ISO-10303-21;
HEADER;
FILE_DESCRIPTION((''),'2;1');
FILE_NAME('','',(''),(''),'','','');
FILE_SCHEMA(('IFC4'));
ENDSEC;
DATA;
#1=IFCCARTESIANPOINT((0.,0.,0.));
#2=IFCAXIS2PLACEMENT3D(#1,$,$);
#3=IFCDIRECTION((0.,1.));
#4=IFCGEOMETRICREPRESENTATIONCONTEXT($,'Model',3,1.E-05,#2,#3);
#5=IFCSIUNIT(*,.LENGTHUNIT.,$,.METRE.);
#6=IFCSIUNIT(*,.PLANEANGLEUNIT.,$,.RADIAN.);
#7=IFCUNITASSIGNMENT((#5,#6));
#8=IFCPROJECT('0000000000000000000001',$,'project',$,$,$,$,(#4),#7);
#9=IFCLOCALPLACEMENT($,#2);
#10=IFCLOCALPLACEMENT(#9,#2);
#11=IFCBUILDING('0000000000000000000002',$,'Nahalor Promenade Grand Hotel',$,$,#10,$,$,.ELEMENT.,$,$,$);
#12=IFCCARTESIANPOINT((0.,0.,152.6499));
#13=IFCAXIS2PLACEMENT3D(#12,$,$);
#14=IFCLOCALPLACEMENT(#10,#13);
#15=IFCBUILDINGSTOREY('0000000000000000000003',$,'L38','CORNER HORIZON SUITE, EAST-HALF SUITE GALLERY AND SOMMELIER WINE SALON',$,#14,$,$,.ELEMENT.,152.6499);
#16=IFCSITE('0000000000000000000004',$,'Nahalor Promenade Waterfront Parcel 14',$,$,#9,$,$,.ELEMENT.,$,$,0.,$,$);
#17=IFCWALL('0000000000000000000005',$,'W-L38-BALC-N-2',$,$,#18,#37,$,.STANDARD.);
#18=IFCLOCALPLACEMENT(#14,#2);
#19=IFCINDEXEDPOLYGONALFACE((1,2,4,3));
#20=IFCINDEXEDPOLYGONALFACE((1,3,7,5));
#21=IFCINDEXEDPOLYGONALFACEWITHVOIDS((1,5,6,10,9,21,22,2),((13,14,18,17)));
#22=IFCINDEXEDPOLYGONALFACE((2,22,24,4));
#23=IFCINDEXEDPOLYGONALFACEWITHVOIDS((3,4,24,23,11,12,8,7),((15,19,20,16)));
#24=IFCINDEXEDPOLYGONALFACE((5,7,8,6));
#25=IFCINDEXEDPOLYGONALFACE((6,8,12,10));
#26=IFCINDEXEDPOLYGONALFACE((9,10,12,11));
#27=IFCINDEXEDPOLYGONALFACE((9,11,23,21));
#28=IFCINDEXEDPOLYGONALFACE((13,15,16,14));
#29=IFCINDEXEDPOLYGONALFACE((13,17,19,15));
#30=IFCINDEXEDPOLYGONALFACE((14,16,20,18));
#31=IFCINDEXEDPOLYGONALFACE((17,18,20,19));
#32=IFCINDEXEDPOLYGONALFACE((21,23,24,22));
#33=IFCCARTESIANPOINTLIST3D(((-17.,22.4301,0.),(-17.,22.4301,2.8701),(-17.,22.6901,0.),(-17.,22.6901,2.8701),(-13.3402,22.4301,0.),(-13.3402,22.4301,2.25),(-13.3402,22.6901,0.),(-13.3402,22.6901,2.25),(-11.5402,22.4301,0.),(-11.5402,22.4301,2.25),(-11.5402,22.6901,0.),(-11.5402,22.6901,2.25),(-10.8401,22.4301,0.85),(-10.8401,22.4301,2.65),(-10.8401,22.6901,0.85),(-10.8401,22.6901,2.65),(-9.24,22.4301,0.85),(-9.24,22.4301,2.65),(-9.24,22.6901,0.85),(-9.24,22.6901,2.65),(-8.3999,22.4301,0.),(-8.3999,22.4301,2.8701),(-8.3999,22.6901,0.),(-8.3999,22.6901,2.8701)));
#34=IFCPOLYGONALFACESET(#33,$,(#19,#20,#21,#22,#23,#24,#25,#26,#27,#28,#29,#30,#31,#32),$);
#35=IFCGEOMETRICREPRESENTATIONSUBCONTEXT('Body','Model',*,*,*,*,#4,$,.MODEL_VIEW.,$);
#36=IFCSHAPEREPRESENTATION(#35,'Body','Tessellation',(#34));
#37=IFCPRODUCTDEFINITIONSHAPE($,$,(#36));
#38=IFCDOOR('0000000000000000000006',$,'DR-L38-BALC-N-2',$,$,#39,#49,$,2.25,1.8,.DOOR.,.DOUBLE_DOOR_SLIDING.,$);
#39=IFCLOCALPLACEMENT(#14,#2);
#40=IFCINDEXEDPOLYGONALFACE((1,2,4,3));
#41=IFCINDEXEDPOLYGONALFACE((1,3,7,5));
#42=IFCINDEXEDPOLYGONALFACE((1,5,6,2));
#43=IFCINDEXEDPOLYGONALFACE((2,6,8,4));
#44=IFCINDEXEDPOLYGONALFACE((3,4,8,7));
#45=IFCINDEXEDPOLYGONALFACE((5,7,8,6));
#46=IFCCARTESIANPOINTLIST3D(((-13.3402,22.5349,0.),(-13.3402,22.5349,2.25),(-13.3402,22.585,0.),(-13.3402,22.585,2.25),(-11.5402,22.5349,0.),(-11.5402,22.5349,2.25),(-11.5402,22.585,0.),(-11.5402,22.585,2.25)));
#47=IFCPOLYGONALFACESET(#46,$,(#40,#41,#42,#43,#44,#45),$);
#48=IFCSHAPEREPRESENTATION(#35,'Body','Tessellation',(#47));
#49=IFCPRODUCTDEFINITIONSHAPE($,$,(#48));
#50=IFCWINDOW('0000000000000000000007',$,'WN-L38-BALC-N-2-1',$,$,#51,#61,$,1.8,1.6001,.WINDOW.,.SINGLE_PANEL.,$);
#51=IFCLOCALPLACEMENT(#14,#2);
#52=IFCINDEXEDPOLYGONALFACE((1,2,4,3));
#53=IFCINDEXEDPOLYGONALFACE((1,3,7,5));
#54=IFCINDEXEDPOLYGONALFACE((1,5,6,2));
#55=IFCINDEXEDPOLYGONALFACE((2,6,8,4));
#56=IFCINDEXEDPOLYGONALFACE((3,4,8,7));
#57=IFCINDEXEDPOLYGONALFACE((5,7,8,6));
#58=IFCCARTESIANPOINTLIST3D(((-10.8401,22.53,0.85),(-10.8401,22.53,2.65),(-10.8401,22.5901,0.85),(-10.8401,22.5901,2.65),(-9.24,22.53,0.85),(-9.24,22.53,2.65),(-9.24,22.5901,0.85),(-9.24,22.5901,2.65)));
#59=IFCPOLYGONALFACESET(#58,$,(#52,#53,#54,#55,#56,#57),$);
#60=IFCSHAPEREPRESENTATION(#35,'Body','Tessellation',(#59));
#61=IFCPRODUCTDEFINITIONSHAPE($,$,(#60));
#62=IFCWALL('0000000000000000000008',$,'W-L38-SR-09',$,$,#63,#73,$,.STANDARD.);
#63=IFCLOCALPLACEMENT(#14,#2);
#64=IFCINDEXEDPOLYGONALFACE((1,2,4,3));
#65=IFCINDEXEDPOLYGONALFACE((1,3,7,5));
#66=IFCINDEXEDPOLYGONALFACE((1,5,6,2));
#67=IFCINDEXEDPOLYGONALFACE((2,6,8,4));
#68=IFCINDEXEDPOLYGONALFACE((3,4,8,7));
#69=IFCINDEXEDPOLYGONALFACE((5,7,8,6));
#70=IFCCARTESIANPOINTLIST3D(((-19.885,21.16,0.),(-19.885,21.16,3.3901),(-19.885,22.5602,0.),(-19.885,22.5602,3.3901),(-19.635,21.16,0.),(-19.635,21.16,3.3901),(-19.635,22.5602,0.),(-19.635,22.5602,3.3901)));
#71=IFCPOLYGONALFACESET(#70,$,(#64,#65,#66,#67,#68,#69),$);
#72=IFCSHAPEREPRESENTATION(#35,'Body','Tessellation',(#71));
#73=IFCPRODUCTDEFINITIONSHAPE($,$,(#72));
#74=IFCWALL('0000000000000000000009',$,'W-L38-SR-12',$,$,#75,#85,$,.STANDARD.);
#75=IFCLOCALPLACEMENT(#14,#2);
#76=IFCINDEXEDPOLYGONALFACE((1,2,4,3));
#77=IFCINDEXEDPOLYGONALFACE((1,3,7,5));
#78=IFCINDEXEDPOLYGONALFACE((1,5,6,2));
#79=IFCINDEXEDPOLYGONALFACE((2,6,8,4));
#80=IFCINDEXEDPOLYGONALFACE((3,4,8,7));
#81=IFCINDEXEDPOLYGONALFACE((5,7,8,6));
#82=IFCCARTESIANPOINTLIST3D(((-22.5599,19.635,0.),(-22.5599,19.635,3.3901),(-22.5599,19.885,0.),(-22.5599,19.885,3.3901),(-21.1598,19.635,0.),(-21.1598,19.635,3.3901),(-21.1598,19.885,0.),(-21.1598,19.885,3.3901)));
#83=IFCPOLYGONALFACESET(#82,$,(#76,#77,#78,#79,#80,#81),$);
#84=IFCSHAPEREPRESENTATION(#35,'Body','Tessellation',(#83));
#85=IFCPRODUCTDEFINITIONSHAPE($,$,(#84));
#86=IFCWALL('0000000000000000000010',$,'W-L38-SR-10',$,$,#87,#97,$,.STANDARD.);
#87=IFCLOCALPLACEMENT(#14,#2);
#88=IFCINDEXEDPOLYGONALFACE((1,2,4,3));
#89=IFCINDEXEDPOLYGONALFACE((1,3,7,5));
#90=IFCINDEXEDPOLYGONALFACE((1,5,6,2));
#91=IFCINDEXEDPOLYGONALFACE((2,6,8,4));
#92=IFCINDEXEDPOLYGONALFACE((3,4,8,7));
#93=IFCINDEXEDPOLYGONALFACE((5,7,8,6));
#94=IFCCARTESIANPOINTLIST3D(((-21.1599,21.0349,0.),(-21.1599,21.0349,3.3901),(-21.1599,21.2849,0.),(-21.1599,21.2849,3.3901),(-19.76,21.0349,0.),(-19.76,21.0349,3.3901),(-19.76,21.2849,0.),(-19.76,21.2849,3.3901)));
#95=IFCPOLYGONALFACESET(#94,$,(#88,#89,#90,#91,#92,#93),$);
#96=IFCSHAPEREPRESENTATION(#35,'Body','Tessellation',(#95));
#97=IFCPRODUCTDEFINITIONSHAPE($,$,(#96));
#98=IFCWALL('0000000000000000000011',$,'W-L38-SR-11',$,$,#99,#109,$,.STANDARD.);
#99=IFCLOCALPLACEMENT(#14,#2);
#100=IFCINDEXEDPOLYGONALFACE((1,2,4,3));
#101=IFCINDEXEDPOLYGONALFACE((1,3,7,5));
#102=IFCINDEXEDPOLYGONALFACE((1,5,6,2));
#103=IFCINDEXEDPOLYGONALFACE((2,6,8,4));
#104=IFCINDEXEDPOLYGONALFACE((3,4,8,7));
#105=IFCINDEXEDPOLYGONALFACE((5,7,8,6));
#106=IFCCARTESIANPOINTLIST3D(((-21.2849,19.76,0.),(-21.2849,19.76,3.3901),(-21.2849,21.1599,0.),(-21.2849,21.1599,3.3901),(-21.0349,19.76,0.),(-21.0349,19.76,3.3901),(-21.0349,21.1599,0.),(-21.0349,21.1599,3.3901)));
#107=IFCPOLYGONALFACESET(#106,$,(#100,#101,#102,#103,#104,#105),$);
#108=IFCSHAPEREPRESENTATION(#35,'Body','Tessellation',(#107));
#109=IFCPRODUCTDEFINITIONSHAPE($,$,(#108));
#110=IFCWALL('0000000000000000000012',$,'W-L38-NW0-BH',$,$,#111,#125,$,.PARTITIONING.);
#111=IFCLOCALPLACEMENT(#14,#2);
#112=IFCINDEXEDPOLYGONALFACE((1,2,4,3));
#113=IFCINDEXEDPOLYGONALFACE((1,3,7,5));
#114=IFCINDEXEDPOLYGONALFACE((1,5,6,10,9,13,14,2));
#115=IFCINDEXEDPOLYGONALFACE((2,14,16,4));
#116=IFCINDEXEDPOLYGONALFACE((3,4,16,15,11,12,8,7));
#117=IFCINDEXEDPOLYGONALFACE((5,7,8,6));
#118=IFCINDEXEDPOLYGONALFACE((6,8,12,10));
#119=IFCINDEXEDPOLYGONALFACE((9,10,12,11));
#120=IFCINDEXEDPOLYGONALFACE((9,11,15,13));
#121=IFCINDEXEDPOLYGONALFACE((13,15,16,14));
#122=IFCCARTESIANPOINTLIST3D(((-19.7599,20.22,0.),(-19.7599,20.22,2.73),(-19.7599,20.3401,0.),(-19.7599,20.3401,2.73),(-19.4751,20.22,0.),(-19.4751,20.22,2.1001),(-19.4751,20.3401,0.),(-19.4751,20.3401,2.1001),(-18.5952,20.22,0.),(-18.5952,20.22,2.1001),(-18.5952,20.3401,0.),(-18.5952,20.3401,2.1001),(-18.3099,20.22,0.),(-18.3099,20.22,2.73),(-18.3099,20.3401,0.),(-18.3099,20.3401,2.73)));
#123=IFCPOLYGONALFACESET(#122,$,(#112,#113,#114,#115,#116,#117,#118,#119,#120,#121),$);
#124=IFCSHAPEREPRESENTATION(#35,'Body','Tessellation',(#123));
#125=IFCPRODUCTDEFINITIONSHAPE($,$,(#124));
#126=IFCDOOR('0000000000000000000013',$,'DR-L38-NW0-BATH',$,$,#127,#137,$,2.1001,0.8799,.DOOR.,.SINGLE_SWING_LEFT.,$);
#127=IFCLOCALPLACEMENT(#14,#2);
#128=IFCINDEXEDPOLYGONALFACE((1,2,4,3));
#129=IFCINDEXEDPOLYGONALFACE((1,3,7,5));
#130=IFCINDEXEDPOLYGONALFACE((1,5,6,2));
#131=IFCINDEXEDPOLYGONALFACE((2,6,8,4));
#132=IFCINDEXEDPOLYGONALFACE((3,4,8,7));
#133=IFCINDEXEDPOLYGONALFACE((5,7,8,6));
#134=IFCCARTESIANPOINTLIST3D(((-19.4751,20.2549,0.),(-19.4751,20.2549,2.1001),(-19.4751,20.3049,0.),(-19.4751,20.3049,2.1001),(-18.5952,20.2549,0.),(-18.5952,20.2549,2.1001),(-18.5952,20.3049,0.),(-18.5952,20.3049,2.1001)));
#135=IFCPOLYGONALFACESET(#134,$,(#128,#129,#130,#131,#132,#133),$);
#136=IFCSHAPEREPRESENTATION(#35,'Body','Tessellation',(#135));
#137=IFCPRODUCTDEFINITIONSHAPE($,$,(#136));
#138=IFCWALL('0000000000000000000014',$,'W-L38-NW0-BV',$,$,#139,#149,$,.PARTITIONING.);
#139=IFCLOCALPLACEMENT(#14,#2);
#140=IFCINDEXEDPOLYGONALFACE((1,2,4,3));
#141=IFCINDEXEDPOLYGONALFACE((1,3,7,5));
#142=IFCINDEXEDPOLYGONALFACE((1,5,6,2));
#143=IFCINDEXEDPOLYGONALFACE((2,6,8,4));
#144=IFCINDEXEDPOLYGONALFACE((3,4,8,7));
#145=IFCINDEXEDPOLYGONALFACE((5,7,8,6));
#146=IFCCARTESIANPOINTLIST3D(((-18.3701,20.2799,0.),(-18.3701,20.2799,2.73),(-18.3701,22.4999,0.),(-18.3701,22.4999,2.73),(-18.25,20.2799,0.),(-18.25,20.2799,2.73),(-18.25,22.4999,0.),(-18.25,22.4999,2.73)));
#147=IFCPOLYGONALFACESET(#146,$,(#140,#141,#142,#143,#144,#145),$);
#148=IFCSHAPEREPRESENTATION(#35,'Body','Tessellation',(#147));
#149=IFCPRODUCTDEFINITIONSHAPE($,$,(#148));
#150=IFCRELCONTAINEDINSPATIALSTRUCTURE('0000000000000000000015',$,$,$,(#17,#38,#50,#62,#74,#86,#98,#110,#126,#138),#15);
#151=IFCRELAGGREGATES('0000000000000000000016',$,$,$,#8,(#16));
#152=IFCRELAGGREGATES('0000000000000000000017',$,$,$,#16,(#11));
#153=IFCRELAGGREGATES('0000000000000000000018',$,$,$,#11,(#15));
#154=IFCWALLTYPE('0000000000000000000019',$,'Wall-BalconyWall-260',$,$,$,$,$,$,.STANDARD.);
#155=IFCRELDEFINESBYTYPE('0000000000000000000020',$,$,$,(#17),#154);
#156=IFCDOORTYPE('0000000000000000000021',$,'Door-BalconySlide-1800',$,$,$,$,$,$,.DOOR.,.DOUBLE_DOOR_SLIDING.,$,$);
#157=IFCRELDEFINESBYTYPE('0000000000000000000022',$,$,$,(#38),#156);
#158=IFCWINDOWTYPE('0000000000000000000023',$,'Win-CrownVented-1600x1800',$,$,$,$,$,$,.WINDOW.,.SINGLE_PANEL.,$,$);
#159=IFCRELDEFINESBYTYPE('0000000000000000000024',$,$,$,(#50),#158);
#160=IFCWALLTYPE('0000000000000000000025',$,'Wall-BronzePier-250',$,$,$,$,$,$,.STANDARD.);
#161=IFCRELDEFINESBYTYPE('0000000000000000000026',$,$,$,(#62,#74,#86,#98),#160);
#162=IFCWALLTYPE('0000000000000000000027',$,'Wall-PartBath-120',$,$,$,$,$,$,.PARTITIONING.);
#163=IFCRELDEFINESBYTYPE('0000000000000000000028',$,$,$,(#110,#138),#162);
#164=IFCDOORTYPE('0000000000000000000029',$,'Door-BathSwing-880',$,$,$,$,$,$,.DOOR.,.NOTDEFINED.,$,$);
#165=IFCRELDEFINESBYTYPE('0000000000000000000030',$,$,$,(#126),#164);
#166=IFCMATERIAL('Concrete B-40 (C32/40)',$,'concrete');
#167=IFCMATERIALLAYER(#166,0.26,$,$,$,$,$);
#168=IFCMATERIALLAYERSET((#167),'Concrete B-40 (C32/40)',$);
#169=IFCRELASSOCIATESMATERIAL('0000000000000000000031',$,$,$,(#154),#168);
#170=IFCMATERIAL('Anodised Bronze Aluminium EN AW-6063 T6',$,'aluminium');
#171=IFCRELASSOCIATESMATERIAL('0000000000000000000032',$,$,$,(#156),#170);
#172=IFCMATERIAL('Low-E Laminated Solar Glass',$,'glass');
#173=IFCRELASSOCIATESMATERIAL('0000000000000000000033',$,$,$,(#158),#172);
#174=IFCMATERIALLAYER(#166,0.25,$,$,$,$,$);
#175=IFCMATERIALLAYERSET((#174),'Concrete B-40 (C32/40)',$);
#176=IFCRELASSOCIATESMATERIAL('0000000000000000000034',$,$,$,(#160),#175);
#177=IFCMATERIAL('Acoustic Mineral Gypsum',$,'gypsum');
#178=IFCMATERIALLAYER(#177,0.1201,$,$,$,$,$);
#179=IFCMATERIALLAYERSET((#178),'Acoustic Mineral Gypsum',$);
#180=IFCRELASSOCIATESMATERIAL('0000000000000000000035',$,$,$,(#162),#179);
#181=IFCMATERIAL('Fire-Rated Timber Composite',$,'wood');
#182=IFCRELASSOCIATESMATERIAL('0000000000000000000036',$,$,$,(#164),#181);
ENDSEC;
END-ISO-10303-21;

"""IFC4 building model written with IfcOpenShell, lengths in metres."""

from ifc_helpers import new_model, si_unit, direction, frame, frame_2d, origin, place, context, subcontext, project, spatial, rectangle, extrude, source, transform, mapped, material, layer, layer_set, type_object, element, fill, save


model = new_model("IFC4")

# Units and contexts
model_context = context("Model", 3, precision=1e-05, world=origin(), true_north=direction((0.0, 1.0)))
body_context = subcontext(model_context, "Body", "Model", "MODEL_VIEW")
ifc_project = project(units=[si_unit("LENGTHUNIT", "METRE"), si_unit("PLANEANGLEUNIT", "RADIAN")], contexts=[model_context])

# Site, building, storey
site_placement = place(None, origin())
site = spatial("IfcSite", under=ifc_project, at=site_placement, Name="Nahalor Promenade Waterfront Parcel 14", CompositionType="ELEMENT", RefElevation=0.0)
building_placement = place(site_placement, origin())
building = spatial("IfcBuilding", under=site, at=building_placement, Name="Nahalor Promenade Grand Hotel", CompositionType="ELEMENT")
storey_placement = place(building_placement, frame((0.0, 0.0, 152.6499)))
storey = spatial("IfcBuildingStorey", under=building, at=storey_placement, Name="L38", Description="CORNER HORIZON SUITE, EAST-HALF SUITE GALLERY AND SOMMELIER WINE SALON", CompositionType="ELEMENT", Elevation=152.6499)

# Shared definitions
ifc_material_1 = material(Name="Anodised Bronze Aluminium EN AW-6063 T6", Category="aluminium")

# Shared definitions
ifc_material_2 = material(Name="Low-E Laminated Solar Glass", Category="glass")

# Wall, openings, door, window
ifc_material_3 = material(Name="Concrete B-40 (C32/40)", Category="concrete")
ifc_layer_1 = layer(ifc_material_3, 0.26)
ifc_layer_set_1 = layer_set([ifc_layer_1], Name="Concrete B-40 (C32/40)")
wall_type_1 = type_object("IfcWallType", Name="Wall-BalconyWall-260", PredefinedType="STANDARD", material=ifc_layer_set_1)
shared_shape_1 = source(origin(), body_context, "Body", "SweptSolid", [
    extrude(rectangle(XDim=8.6001, YDim=0.26, at=frame_2d((4.3, 0.0))), origin(), (0.0, 0.0, 1.0), 2.8701),
])
wall_1_placement = place(storey_placement, frame((-17.0, 22.5601, 0.0), z_axis=(0.0, 0.0, 1.0), x_axis=(1.0, 0.0, 0.0)))
wall_1 = element("IfcWall", 1, at=wall_1_placement, inside=storey, type_object=wall_type_1, Name="W-L38-BALC-N-2", PredefinedType="STANDARD", context=body_context, shape_type="MappedRepresentation", body=[
    mapped(shared_shape_1, transform((0.0, 0.0, 0.0), scale=1.0)),
])
opening_1_placement = place(wall_1_placement, frame((3.6599, 0.0, 0.0)))
opening_1 = element("IfcOpeningElement", 2, at=opening_1_placement, cuts=wall_1, PredefinedType="OPENING", context=body_context, shape_type="SweptSolid", body=[
    extrude(rectangle(XDim=1.8, YDim=2.25, at=frame_2d((0.8999, 1.125))), frame((0.0, 0.1399, 0.0), z_axis=(0.0, -1.0, 0.0), x_axis=(1.0, 0.0, 0.0)), (0.0, 0.0, 1.0), 0.28),
])
opening_2_placement = place(wall_1_placement, frame((6.1599, 0.0, 0.8501)))
opening_2 = element("IfcOpeningElement", 3, at=opening_2_placement, cuts=wall_1, PredefinedType="OPENING", context=body_context, shape_type="SweptSolid", body=[
    extrude(rectangle(XDim=1.6001, YDim=1.8, at=frame_2d((0.8, 0.8999))), frame((0.0, 0.1399, 0.0), z_axis=(0.0, -1.0, 0.0), x_axis=(1.0, 0.0, 0.0)), (0.0, 0.0, 1.0), 0.28),
])
door_type_1 = type_object("IfcDoorType", Name="Door-BalconySlide-1800", OperationType="DOUBLE_DOOR_SLIDING", PredefinedType="DOOR", material=ifc_material_1)
shared_shape_2 = source(origin(), body_context, "Body", "SweptSolid", [
    extrude(rectangle(XDim=1.8, YDim=2.25, at=frame_2d((0.8999, 1.125))), frame((0.0, 0.0249, 0.0), z_axis=(0.0, -1.0, 0.0), x_axis=(1.0, 0.0, 0.0)), (0.0, 0.0, 1.0), 0.05),
])
door_1_placement = place(opening_1_placement, origin())
door_1 = element("IfcDoor", 4, at=door_1_placement, inside=storey, type_object=door_type_1, Name="DR-L38-BALC-N-2", OperationType="DOUBLE_DOOR_SLIDING", OverallHeight=2.25, OverallWidth=1.8, PredefinedType="DOOR", context=body_context, shape_type="MappedRepresentation", body=[
    mapped(shared_shape_2, transform((0.0, 0.0, 0.0), scale=1.0)),
])
fill(opening_1, door_1)
window_type = type_object("IfcWindowType", Name="Win-CrownVented-1600x1800", PartitioningType="SINGLE_PANEL", PredefinedType="WINDOW", material=ifc_material_2)
shared_shape_3 = source(origin(), body_context, "Body", "SweptSolid", [
    extrude(rectangle(XDim=1.6001, YDim=1.8, at=frame_2d((0.8, 0.8999))), frame((0.0, 0.03, 0.0), z_axis=(0.0, -1.0, 0.0), x_axis=(1.0, 0.0, 0.0)), (0.0, 0.0, 1.0), 0.0601),
])
window_placement = place(opening_2_placement, origin())
window = element("IfcWindow", 5, at=window_placement, inside=storey, type_object=window_type, Name="WN-L38-BALC-N-2-1", OverallHeight=1.8, OverallWidth=1.6001, PartitioningType="SINGLE_PANEL", PredefinedType="WINDOW", context=body_context, shape_type="MappedRepresentation", body=[
    mapped(shared_shape_3, transform((0.0, 0.0, 0.0), scale=1.0)),
])
fill(opening_2, window)

# Walls
ifc_layer_2 = layer(ifc_material_3, 0.25)
ifc_layer_set_2 = layer_set([ifc_layer_2], Name="Concrete B-40 (C32/40)")
wall_type_2 = type_object("IfcWallType", Name="Wall-BronzePier-250", PredefinedType="STANDARD", material=ifc_layer_set_2)
shared_shape_4 = source(origin(), body_context, "Body", "SweptSolid", [
    extrude(rectangle(XDim=1.4001, YDim=0.25, at=frame_2d((0.7002, 0.0))), origin(), (0.0, 0.0, 1.0), 3.3901),
])
for number, where, z_axis, x_axis, name in (
    (6, (-19.76, 21.1599, 0.0), (0.0, 0.0, 1.0), (0.0, 1.0, 0.0), "W-L38-SR-09"),
    (7, (-22.5601, 19.76, 0.0), (0.0, 0.0, 1.0), (1.0, 0.0, 0.0), "W-L38-SR-12"),
):
    element("IfcWall", number, at=place(storey_placement, frame(where, z_axis=z_axis, x_axis=x_axis)), inside=storey, type_object=wall_type_2, Name=name, PredefinedType="STANDARD", context=body_context, shape_type="MappedRepresentation", body=[
        mapped(shared_shape_4, transform((0.0, 0.0, 0.0), scale=1.0)),
    ])
shared_shape_5 = source(origin(), body_context, "Body", "SweptSolid", [
    extrude(rectangle(XDim=1.3999, YDim=0.25, at=frame_2d((0.7, 0.0))), origin(), (0.0, 0.0, 1.0), 3.3901),
])
for number, where, z_axis, x_axis, name in (
    (8, (-21.1599, 21.1599, 0.0), (0.0, 0.0, 1.0), (1.0, 0.0, 0.0), "W-L38-SR-10"),
    (9, (-21.1599, 19.76, 0.0), (0.0, 0.0, 1.0), (0.0, 1.0, 0.0), "W-L38-SR-11"),
):
    element("IfcWall", number, at=place(storey_placement, frame(where, z_axis=z_axis, x_axis=x_axis)), inside=storey, type_object=wall_type_2, Name=name, PredefinedType="STANDARD", context=body_context, shape_type="MappedRepresentation", body=[
        mapped(shared_shape_5, transform((0.0, 0.0, 0.0), scale=1.0)),
    ])

# Wall, opening, door
ifc_material_4 = material(Name="Acoustic Mineral Gypsum", Category="gypsum")
ifc_layer_3 = layer(ifc_material_4, 0.1201)
ifc_layer_set_3 = layer_set([ifc_layer_3], Name="Acoustic Mineral Gypsum")
wall_type_3 = type_object("IfcWallType", Name="Wall-PartBath-120", PredefinedType="PARTITIONING", material=ifc_layer_set_3)
shared_shape_6 = source(origin(), body_context, "Body", "SweptSolid", [
    extrude(rectangle(XDim=1.45, YDim=0.1201, at=frame_2d((0.7251, 0.0))), origin(), (0.0, 0.0, 1.0), 2.73),
])
wall_2_placement = place(storey_placement, frame((-19.76, 20.28, 0.0), z_axis=(0.0, 0.0, 1.0), x_axis=(1.0, 0.0, 0.0)))
wall_2 = element("IfcWall", 10, at=wall_2_placement, inside=storey, type_object=wall_type_3, Name="W-L38-NW0-BH", PredefinedType="PARTITIONING", context=body_context, shape_type="MappedRepresentation", body=[
    mapped(shared_shape_6, transform((0.0, 0.0, 0.0), scale=1.0)),
])
opening_3_placement = place(wall_2_placement, frame((0.2849, 0.0, 0.0)))
opening_3 = element("IfcOpeningElement", 11, at=opening_3_placement, cuts=wall_2, PredefinedType="OPENING", context=body_context, shape_type="SweptSolid", body=[
    extrude(rectangle(XDim=0.8799, YDim=2.1001, at=frame_2d((0.4399, 1.05))), frame((0.0, 0.0701, 0.0), z_axis=(0.0, -1.0, 0.0), x_axis=(1.0, 0.0, 0.0)), (0.0, 0.0, 1.0), 0.1401),
])
ifc_material_5 = material(Name="Fire-Rated Timber Composite", Category="wood")
door_type_2 = type_object("IfcDoorType", Name="Door-BathSwing-880", OperationType="NOTDEFINED", PredefinedType="DOOR", material=ifc_material_5)
shared_shape_7 = source(origin(), body_context, "Body", "SweptSolid", [
    extrude(rectangle(XDim=0.8799, YDim=2.1001, at=frame_2d((0.4399, 1.05))), frame((0.0, 0.0249, 0.0), z_axis=(0.0, -1.0, 0.0), x_axis=(1.0, 0.0, 0.0)), (0.0, 0.0, 1.0), 0.05),
])
door_2_placement = place(opening_3_placement, origin())
door_2 = element("IfcDoor", 12, at=door_2_placement, inside=storey, type_object=door_type_2, Name="DR-L38-NW0-BATH", OperationType="SINGLE_SWING_LEFT", OverallHeight=2.1001, OverallWidth=0.8799, PredefinedType="DOOR", context=body_context, shape_type="MappedRepresentation", body=[
    mapped(shared_shape_7, transform((0.0, 0.0, 0.0), scale=1.0)),
])
fill(opening_3, door_2)

# Wall
shared_shape_8 = source(origin(), body_context, "Body", "SweptSolid", [
    extrude(rectangle(XDim=2.22, YDim=0.1201, at=frame_2d((1.1099, 0.0))), origin(), (0.0, 0.0, 1.0), 2.73),
])
wall_3_placement = place(storey_placement, frame((-18.3101, 20.28, 0.0), z_axis=(0.0, 0.0, 1.0), x_axis=(0.0, 1.0, 0.0)))
element("IfcWall", 13, at=wall_3_placement, inside=storey, type_object=wall_type_3, Name="W-L38-NW0-BV", PredefinedType="PARTITIONING", context=body_context, shape_type="MappedRepresentation", body=[
    mapped(shared_shape_8, transform((0.0, 0.0, 0.0), scale=1.0)),
])

save(model, "model.ifc")
